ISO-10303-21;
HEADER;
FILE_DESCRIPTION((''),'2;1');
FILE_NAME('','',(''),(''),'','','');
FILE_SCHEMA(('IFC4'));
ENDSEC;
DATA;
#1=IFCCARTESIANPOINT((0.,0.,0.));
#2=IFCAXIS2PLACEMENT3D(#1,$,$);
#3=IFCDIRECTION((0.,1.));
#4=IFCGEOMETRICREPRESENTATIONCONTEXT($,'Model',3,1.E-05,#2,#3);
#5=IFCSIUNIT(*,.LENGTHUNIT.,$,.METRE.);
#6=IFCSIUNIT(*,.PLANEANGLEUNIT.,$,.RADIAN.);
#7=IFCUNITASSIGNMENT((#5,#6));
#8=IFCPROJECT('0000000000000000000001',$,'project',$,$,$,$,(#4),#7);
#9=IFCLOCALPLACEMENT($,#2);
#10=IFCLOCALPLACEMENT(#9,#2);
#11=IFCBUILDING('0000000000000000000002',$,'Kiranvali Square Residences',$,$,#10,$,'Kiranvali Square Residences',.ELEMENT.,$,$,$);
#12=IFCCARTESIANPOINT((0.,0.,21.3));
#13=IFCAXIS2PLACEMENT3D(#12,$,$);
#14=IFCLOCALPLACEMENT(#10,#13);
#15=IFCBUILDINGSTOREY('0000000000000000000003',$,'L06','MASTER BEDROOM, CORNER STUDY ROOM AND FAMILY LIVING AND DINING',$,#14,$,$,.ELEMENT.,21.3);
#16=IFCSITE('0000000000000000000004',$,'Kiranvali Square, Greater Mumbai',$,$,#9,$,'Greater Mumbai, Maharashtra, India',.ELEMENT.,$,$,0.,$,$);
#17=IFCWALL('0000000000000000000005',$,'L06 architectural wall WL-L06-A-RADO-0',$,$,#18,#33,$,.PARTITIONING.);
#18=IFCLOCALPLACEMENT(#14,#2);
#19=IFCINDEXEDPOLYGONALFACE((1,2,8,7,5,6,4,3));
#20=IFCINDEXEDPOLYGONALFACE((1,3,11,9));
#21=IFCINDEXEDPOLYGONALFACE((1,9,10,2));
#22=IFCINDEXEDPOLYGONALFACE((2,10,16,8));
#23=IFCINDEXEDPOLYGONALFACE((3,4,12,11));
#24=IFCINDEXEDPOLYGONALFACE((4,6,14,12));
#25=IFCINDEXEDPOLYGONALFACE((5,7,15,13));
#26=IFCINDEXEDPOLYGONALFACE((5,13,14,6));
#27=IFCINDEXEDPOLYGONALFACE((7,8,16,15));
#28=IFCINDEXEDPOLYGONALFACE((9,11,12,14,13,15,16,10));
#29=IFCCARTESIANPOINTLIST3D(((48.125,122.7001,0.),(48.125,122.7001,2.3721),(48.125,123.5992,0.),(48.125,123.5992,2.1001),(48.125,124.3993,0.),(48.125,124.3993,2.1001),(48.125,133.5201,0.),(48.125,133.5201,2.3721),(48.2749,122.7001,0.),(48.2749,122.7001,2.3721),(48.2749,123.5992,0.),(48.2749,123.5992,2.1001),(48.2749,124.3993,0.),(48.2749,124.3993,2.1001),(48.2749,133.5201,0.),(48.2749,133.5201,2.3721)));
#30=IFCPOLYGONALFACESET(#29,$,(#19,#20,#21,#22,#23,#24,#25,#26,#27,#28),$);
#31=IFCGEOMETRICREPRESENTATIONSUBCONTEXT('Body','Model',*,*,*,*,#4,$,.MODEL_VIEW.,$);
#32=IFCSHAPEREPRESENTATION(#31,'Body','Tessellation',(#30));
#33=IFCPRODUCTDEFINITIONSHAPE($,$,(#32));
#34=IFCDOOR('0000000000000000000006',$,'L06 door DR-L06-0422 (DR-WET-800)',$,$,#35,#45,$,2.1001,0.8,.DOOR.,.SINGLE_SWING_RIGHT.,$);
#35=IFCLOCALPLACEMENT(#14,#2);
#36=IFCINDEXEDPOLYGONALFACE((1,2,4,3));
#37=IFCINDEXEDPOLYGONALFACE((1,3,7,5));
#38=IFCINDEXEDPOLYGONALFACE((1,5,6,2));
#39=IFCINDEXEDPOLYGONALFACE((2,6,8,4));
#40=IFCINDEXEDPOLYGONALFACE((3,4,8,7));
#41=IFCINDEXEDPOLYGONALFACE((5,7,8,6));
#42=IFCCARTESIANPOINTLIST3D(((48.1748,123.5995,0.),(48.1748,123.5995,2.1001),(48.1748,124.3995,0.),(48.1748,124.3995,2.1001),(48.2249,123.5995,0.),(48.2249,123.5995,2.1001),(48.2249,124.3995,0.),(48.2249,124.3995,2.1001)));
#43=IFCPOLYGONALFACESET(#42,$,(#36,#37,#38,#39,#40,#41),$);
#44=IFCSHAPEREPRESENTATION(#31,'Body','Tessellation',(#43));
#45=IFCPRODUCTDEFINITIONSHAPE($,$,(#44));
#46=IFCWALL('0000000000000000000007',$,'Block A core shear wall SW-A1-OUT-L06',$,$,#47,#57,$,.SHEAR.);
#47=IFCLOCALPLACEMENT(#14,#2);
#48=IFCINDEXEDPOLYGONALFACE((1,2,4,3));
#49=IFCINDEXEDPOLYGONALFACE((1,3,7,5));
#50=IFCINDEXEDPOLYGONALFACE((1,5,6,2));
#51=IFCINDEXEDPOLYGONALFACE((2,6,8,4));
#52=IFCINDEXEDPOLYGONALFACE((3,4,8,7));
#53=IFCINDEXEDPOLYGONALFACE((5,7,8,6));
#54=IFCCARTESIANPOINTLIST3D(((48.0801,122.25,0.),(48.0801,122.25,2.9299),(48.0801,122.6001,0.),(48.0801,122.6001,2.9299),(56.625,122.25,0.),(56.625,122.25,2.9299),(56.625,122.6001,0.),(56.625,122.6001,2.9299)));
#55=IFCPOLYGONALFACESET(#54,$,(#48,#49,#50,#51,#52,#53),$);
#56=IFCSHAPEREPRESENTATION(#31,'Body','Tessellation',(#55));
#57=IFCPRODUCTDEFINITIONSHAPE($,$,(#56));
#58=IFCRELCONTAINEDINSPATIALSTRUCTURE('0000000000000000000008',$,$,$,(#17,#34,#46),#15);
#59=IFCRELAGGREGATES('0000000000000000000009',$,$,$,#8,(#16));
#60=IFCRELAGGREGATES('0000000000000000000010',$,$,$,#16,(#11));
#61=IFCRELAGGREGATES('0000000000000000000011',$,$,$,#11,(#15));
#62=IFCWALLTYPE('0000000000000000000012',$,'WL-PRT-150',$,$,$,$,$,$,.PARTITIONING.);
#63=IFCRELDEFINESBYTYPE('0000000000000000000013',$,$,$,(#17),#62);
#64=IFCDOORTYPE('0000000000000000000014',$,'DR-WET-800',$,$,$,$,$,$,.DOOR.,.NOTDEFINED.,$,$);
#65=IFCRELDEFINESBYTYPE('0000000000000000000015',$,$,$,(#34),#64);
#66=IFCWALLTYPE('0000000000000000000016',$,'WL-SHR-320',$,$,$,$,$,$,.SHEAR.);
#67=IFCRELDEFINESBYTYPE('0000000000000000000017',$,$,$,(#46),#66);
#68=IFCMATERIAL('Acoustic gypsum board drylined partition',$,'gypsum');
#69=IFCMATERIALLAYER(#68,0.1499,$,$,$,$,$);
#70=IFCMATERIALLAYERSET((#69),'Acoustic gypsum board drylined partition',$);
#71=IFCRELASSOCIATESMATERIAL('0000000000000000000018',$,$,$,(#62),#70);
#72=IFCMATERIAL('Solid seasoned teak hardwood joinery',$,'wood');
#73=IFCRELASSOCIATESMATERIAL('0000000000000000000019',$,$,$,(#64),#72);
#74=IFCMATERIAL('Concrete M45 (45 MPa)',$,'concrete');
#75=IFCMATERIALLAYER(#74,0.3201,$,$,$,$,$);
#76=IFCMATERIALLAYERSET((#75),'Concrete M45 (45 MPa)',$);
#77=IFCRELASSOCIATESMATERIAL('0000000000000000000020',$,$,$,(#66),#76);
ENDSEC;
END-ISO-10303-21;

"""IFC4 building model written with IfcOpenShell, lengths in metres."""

from ifc_helpers import new_model, si_unit, direction, frame, frame_2d, origin, place, context, subcontext, project, spatial, rectangle, extrude, material, layer, layer_set, type_object, element, fill, save


model = new_model("IFC4")

# Units and contexts
model_context = context("Model", 3, precision=1e-05, world=origin(), true_north=direction((0.0, 1.0)))
body_context = subcontext(model_context, "Body", "Model", "MODEL_VIEW")
ifc_project = project(units=[si_unit("LENGTHUNIT", "METRE"), si_unit("PLANEANGLEUNIT", "RADIAN")], contexts=[model_context])

# Site, building, storey
site_placement = place(None, origin())
site = spatial("IfcSite", under=ifc_project, at=site_placement, Name="Kiranvali Square, Greater Mumbai", LongName="Greater Mumbai, Maharashtra, India", CompositionType="ELEMENT", RefElevation=0.0)
building_placement = place(site_placement, origin())
building = spatial("IfcBuilding", under=site, at=building_placement, Name="Kiranvali Square Residences", LongName="Kiranvali Square Residences", CompositionType="ELEMENT")
storey_placement = place(building_placement, frame((0.0, 0.0, 21.3)))
storey = spatial("IfcBuildingStorey", under=building, at=storey_placement, Name="L06", Description="MASTER BEDROOM, CORNER STUDY ROOM AND FAMILY LIVING AND DINING", CompositionType="ELEMENT", Elevation=21.3)

# Shared definitions
ifc_material_1 = material(Name="Concrete M45 (45 MPa)", Category="concrete")

# Wall, opening, door
ifc_material_2 = material(Name="Acoustic gypsum board drylined partition", Category="gypsum")
ifc_layer_1 = layer(ifc_material_2, 0.1499)
ifc_layer_set_1 = layer_set([ifc_layer_1], Name="Acoustic gypsum board drylined partition")
wall_type_1 = type_object("IfcWallType", Name="WL-PRT-150", PredefinedType="PARTITIONING", material=ifc_layer_set_1)
wall_1_placement = place(storey_placement, frame((48.2, 122.7, 0.0), z_axis=(0.0, 0.0, 1.0), x_axis=(0.0, 1.0, 0.0)))
wall_1 = element("IfcWall", 1, at=wall_1_placement, inside=storey, type_object=wall_type_1, Name="L06 architectural wall WL-L06-A-RADO-0", PredefinedType="PARTITIONING", context=body_context, shape_type="SweptSolid", body=[
    extrude(rectangle(XDim=10.8201, YDim=0.1499, at=frame_2d((5.4102, 0.0))), origin(), (0.0, 0.0, 1.0), 2.3721),
])
opening_placement = place(wall_1_placement, frame((0.8994, 0.0, 0.0)))
opening = element("IfcOpeningElement", 2, at=opening_placement, cuts=wall_1, PredefinedType="OPENING", context=body_context, shape_type="SweptSolid", body=[
    extrude(rectangle(XDim=0.8, YDim=2.1001, at=frame_2d((0.3999, 1.05))), frame((0.0, 0.085, 0.0), z_axis=(0.0, -1.0, 0.0), x_axis=(1.0, 0.0, 0.0)), (0.0, 0.0, 1.0), 0.1699),
])
ifc_material_3 = material(Name="Solid seasoned teak hardwood joinery", Category="wood")
door_type = type_object("IfcDoorType", Name="DR-WET-800", OperationType="NOTDEFINED", PredefinedType="DOOR", material=ifc_material_3)
door_placement = place(opening_placement, frame((0.8, 0.0, 0.0), z_axis=(0.0, 0.0, 1.0), x_axis=(-1.0, 0.0, 0.0)))
door = element("IfcDoor", 3, at=door_placement, inside=storey, type_object=door_type, Name="L06 door DR-L06-0422 (DR-WET-800)", OperationType="SINGLE_SWING_RIGHT", OverallHeight=2.1001, OverallWidth=0.8, PredefinedType="DOOR", context=body_context, shape_type="SweptSolid", body=[
    extrude(rectangle(XDim=0.8, YDim=2.1001, at=frame_2d((0.3999, 1.05))), frame((0.0, 0.0249, 0.0), z_axis=(0.0, -1.0, 0.0), x_axis=(1.0, 0.0, 0.0)), (0.0, 0.0, 1.0), 0.05),
])
fill(opening, door)

# Wall
ifc_layer_2 = layer(ifc_material_1, 0.3201)
ifc_layer_set_2 = layer_set([ifc_layer_2], Name="Concrete M45 (45 MPa)")
wall_type_2 = type_object("IfcWallType", Name="WL-SHR-320", PredefinedType="SHEAR", material=ifc_layer_set_2)
wall_2_placement = place(storey_placement, frame((48.0801, 122.425, 0.0), z_axis=(0.0, 0.0, 1.0), x_axis=(1.0, 0.0, 0.0)))
element("IfcWall", 4, at=wall_2_placement, inside=storey, type_object=wall_type_2, Name="Block A core shear wall SW-A1-OUT-L06", PredefinedType="SHEAR", context=body_context, shape_type="SweptSolid", body=[
    extrude(rectangle(XDim=8.5449, YDim=0.3501, at=frame_2d((4.2725, 0.0))), origin(), (0.0, 0.0, 1.0), 2.9299),
])

save(model, "model.ifc")
